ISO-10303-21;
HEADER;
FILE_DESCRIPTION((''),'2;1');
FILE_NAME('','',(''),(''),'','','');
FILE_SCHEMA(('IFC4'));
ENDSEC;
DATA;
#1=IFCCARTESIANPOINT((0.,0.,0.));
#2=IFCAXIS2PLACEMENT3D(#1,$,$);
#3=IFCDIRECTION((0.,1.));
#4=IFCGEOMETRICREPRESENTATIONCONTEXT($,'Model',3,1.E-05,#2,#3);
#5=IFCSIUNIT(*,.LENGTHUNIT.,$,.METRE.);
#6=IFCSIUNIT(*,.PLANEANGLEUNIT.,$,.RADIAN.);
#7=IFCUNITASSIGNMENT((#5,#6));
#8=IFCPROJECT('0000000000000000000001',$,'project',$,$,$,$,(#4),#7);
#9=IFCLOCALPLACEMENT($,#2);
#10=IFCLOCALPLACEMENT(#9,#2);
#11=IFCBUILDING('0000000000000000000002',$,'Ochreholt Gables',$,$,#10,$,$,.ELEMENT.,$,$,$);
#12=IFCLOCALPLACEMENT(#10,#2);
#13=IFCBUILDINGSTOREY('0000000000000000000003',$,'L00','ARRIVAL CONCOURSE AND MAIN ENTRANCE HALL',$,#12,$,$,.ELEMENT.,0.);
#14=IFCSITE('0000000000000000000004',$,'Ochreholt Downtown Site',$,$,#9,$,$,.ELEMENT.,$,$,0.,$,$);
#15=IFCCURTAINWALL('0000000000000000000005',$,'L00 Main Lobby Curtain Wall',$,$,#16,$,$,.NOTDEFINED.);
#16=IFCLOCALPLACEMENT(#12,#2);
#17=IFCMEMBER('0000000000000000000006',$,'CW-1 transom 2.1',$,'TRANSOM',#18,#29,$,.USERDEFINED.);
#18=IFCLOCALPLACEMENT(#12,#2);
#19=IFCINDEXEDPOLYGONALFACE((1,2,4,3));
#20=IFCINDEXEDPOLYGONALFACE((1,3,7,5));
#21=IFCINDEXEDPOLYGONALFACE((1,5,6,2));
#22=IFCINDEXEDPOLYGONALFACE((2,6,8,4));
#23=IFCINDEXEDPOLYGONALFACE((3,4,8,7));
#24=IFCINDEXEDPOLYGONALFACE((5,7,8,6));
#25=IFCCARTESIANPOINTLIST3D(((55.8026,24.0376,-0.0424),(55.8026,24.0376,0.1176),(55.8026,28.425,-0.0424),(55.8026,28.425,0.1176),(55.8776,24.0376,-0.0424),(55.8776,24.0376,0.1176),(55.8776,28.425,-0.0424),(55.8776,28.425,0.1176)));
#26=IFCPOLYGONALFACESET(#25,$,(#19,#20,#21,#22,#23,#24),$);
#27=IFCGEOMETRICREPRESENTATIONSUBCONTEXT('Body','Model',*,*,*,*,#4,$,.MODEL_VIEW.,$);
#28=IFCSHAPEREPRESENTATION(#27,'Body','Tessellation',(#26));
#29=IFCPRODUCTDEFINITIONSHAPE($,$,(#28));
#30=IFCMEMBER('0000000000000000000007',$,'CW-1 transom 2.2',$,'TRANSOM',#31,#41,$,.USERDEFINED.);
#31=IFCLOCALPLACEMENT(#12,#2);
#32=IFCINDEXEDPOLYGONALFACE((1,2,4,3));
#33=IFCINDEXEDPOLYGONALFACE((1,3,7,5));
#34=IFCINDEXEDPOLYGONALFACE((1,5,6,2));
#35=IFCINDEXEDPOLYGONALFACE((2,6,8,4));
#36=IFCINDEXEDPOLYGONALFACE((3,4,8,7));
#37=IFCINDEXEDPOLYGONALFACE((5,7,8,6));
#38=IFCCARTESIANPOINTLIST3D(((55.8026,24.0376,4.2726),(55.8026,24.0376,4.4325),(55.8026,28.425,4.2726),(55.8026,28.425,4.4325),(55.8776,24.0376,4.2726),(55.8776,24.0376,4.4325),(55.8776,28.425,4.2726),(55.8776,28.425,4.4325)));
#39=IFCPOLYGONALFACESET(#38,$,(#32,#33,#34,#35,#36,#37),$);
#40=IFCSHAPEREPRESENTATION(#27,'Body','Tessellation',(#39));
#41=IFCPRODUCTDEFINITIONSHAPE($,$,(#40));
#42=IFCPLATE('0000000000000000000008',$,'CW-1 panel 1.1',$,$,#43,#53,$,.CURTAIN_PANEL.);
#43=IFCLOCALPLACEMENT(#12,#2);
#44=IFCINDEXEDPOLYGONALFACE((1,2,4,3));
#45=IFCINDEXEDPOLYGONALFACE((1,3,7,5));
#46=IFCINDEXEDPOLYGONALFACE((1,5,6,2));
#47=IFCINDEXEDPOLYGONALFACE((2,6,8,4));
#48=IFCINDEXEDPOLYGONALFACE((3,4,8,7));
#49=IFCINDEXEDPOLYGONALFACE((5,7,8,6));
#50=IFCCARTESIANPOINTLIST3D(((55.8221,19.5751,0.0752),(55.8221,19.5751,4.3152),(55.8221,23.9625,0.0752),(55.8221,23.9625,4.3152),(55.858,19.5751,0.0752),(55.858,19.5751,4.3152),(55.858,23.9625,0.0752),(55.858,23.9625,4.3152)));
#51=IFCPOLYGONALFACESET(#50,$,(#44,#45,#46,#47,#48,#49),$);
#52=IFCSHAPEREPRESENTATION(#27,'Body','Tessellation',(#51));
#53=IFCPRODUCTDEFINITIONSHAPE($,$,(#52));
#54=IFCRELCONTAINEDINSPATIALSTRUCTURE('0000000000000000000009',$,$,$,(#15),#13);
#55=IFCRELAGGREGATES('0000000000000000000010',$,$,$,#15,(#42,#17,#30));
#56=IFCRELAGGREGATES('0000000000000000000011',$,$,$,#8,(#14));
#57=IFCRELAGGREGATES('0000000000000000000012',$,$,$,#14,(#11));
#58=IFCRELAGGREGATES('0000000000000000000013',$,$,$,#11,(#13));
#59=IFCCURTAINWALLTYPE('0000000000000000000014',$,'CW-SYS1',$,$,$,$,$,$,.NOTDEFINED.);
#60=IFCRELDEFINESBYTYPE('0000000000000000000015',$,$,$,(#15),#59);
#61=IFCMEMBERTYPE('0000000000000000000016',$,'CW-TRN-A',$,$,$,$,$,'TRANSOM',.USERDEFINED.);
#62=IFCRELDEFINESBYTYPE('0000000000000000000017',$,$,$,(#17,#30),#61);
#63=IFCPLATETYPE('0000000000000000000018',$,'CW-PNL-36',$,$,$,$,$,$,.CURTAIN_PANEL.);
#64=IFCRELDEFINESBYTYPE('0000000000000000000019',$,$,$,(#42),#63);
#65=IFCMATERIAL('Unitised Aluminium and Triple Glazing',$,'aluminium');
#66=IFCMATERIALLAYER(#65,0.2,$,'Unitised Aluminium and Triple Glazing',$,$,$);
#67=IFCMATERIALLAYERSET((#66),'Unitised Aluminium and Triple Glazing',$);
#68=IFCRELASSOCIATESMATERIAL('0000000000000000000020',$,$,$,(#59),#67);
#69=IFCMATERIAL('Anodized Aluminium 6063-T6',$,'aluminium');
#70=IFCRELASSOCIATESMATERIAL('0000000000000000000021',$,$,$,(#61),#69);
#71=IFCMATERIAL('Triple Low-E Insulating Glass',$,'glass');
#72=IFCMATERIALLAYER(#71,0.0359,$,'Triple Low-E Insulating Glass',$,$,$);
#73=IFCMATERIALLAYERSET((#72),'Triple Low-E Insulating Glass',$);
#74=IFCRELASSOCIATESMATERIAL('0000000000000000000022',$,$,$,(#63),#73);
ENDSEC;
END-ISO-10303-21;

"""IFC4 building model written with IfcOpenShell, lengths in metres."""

from ifc_helpers import new_model, si_unit, direction, frame, origin, origin_2d, place, context, subcontext, project, spatial, rectangle, extrude, material, layer, layer_set, material_profile, profile_set, type_object, element, aggregate, save


model = new_model("IFC4")

# Units and contexts
model_context = context("Model", 3, precision=1e-05, world=origin(), true_north=direction((0.0, 1.0)))
body_context = subcontext(model_context, "Body", "Model", "MODEL_VIEW")
ifc_project = project(units=[si_unit("LENGTHUNIT", "METRE"), si_unit("PLANEANGLEUNIT", "RADIAN")], contexts=[model_context])

# Site, building, storey
site_placement = place(None, origin())
site = spatial("IfcSite", under=ifc_project, at=site_placement, Name="Ochreholt Downtown Site", CompositionType="ELEMENT", RefElevation=0.0)
building_placement = place(site_placement, origin())
building = spatial("IfcBuilding", under=site, at=building_placement, Name="Ochreholt Gables", CompositionType="ELEMENT")
storey_placement = place(building_placement, origin())
storey = spatial("IfcBuildingStorey", under=building, at=storey_placement, Name="L00", Description="ARRIVAL CONCOURSE AND MAIN ENTRANCE HALL", CompositionType="ELEMENT", Elevation=0.0)

# Curtain wall, members, plate
ifc_material_1 = material(Name="Unitised Aluminium and Triple Glazing", Category="aluminium")
ifc_layer_1 = layer(ifc_material_1, 0.2, Name="Unitised Aluminium and Triple Glazing")
ifc_layer_set_1 = layer_set([ifc_layer_1], Name="Unitised Aluminium and Triple Glazing")
curtain_wall_type = type_object("IfcCurtainWallType", Name="CW-SYS1", PredefinedType="NOTDEFINED", material=ifc_layer_set_1)
curtain_wall_placement = place(storey_placement, origin())
curtain_wall = element("IfcCurtainWall", 1, at=curtain_wall_placement, inside=storey, type_object=curtain_wall_type, Name="L00 Main Lobby Curtain Wall", PredefinedType="NOTDEFINED")
ifc_material_2 = material(Name="Anodized Aluminium 6063-T6", Category="aluminium")
ifc_material_profile_1 = material_profile(ifc_material_2, rectangle(XDim=0.075, YDim=0.1599, at=origin_2d()), Name="CWT75X160")
ifc_profile_set_1 = profile_set([ifc_material_profile_1], Name="Anodized Aluminium 6063-T6")
member_type_1 = type_object("IfcMemberType", Name="CW-TRN-A", ElementType="TRANSOM", PredefinedType="USERDEFINED", material=ifc_profile_set_1)
member_1_placement = place(storey_placement, frame((55.8401, 24.0376, 0.0376), z_axis=(0.0, 1.0, 0.0), x_axis=(-1.0, 0.0, 0.0)))
member_1 = element("IfcMember", 2, at=member_1_placement, type_object=member_type_1, Name="CW-1 transom 2.1", ObjectType="TRANSOM", PredefinedType="USERDEFINED", context=body_context, shape_type="SweptSolid", body=[
    extrude(rectangle(XDim=0.075, YDim=0.1599, at=origin_2d()), origin(), (0.0, 0.0, 1.0), 4.3875),
])
member_2_placement = place(storey_placement, frame((55.8401, 24.0376, 4.3525), z_axis=(0.0, 1.0, 0.0), x_axis=(-1.0, 0.0, 0.0)))
member_2 = element("IfcMember", 3, at=member_2_placement, type_object=member_type_1, Name="CW-1 transom 2.2", ObjectType="TRANSOM", PredefinedType="USERDEFINED", context=body_context, shape_type="SweptSolid", body=[
    extrude(rectangle(XDim=0.075, YDim=0.1599, at=origin_2d()), origin(), (0.0, 0.0, 1.0), 4.3875),
])
ifc_material_3 = material(Name="Triple Low-E Insulating Glass", Category="glass")
ifc_layer_2 = layer(ifc_material_3, 0.0359, Name="Triple Low-E Insulating Glass")
ifc_layer_set_2 = layer_set([ifc_layer_2], Name="Triple Low-E Insulating Glass")
plate_type = type_object("IfcPlateType", Name="CW-PNL-36", PredefinedType="CURTAIN_PANEL", material=ifc_layer_set_2)
plate_placement = place(storey_placement, frame((55.8401, 21.7688, 0.0752), z_axis=(0.0, 0.0, 1.0), x_axis=(0.0, 1.0, 0.0)))
plate = element("IfcPlate", 4, at=plate_placement, type_object=plate_type, Name="CW-1 panel 1.1", PredefinedType="CURTAIN_PANEL", context=body_context, shape_type="SweptSolid", body=[
    extrude(rectangle(XDim=4.3875, YDim=0.0359, at=origin_2d()), origin(), (0.0, 0.0, 1.0), 4.24),
])
aggregate(curtain_wall, [plate, member_1, member_2])

save(model, "model.ifc")
